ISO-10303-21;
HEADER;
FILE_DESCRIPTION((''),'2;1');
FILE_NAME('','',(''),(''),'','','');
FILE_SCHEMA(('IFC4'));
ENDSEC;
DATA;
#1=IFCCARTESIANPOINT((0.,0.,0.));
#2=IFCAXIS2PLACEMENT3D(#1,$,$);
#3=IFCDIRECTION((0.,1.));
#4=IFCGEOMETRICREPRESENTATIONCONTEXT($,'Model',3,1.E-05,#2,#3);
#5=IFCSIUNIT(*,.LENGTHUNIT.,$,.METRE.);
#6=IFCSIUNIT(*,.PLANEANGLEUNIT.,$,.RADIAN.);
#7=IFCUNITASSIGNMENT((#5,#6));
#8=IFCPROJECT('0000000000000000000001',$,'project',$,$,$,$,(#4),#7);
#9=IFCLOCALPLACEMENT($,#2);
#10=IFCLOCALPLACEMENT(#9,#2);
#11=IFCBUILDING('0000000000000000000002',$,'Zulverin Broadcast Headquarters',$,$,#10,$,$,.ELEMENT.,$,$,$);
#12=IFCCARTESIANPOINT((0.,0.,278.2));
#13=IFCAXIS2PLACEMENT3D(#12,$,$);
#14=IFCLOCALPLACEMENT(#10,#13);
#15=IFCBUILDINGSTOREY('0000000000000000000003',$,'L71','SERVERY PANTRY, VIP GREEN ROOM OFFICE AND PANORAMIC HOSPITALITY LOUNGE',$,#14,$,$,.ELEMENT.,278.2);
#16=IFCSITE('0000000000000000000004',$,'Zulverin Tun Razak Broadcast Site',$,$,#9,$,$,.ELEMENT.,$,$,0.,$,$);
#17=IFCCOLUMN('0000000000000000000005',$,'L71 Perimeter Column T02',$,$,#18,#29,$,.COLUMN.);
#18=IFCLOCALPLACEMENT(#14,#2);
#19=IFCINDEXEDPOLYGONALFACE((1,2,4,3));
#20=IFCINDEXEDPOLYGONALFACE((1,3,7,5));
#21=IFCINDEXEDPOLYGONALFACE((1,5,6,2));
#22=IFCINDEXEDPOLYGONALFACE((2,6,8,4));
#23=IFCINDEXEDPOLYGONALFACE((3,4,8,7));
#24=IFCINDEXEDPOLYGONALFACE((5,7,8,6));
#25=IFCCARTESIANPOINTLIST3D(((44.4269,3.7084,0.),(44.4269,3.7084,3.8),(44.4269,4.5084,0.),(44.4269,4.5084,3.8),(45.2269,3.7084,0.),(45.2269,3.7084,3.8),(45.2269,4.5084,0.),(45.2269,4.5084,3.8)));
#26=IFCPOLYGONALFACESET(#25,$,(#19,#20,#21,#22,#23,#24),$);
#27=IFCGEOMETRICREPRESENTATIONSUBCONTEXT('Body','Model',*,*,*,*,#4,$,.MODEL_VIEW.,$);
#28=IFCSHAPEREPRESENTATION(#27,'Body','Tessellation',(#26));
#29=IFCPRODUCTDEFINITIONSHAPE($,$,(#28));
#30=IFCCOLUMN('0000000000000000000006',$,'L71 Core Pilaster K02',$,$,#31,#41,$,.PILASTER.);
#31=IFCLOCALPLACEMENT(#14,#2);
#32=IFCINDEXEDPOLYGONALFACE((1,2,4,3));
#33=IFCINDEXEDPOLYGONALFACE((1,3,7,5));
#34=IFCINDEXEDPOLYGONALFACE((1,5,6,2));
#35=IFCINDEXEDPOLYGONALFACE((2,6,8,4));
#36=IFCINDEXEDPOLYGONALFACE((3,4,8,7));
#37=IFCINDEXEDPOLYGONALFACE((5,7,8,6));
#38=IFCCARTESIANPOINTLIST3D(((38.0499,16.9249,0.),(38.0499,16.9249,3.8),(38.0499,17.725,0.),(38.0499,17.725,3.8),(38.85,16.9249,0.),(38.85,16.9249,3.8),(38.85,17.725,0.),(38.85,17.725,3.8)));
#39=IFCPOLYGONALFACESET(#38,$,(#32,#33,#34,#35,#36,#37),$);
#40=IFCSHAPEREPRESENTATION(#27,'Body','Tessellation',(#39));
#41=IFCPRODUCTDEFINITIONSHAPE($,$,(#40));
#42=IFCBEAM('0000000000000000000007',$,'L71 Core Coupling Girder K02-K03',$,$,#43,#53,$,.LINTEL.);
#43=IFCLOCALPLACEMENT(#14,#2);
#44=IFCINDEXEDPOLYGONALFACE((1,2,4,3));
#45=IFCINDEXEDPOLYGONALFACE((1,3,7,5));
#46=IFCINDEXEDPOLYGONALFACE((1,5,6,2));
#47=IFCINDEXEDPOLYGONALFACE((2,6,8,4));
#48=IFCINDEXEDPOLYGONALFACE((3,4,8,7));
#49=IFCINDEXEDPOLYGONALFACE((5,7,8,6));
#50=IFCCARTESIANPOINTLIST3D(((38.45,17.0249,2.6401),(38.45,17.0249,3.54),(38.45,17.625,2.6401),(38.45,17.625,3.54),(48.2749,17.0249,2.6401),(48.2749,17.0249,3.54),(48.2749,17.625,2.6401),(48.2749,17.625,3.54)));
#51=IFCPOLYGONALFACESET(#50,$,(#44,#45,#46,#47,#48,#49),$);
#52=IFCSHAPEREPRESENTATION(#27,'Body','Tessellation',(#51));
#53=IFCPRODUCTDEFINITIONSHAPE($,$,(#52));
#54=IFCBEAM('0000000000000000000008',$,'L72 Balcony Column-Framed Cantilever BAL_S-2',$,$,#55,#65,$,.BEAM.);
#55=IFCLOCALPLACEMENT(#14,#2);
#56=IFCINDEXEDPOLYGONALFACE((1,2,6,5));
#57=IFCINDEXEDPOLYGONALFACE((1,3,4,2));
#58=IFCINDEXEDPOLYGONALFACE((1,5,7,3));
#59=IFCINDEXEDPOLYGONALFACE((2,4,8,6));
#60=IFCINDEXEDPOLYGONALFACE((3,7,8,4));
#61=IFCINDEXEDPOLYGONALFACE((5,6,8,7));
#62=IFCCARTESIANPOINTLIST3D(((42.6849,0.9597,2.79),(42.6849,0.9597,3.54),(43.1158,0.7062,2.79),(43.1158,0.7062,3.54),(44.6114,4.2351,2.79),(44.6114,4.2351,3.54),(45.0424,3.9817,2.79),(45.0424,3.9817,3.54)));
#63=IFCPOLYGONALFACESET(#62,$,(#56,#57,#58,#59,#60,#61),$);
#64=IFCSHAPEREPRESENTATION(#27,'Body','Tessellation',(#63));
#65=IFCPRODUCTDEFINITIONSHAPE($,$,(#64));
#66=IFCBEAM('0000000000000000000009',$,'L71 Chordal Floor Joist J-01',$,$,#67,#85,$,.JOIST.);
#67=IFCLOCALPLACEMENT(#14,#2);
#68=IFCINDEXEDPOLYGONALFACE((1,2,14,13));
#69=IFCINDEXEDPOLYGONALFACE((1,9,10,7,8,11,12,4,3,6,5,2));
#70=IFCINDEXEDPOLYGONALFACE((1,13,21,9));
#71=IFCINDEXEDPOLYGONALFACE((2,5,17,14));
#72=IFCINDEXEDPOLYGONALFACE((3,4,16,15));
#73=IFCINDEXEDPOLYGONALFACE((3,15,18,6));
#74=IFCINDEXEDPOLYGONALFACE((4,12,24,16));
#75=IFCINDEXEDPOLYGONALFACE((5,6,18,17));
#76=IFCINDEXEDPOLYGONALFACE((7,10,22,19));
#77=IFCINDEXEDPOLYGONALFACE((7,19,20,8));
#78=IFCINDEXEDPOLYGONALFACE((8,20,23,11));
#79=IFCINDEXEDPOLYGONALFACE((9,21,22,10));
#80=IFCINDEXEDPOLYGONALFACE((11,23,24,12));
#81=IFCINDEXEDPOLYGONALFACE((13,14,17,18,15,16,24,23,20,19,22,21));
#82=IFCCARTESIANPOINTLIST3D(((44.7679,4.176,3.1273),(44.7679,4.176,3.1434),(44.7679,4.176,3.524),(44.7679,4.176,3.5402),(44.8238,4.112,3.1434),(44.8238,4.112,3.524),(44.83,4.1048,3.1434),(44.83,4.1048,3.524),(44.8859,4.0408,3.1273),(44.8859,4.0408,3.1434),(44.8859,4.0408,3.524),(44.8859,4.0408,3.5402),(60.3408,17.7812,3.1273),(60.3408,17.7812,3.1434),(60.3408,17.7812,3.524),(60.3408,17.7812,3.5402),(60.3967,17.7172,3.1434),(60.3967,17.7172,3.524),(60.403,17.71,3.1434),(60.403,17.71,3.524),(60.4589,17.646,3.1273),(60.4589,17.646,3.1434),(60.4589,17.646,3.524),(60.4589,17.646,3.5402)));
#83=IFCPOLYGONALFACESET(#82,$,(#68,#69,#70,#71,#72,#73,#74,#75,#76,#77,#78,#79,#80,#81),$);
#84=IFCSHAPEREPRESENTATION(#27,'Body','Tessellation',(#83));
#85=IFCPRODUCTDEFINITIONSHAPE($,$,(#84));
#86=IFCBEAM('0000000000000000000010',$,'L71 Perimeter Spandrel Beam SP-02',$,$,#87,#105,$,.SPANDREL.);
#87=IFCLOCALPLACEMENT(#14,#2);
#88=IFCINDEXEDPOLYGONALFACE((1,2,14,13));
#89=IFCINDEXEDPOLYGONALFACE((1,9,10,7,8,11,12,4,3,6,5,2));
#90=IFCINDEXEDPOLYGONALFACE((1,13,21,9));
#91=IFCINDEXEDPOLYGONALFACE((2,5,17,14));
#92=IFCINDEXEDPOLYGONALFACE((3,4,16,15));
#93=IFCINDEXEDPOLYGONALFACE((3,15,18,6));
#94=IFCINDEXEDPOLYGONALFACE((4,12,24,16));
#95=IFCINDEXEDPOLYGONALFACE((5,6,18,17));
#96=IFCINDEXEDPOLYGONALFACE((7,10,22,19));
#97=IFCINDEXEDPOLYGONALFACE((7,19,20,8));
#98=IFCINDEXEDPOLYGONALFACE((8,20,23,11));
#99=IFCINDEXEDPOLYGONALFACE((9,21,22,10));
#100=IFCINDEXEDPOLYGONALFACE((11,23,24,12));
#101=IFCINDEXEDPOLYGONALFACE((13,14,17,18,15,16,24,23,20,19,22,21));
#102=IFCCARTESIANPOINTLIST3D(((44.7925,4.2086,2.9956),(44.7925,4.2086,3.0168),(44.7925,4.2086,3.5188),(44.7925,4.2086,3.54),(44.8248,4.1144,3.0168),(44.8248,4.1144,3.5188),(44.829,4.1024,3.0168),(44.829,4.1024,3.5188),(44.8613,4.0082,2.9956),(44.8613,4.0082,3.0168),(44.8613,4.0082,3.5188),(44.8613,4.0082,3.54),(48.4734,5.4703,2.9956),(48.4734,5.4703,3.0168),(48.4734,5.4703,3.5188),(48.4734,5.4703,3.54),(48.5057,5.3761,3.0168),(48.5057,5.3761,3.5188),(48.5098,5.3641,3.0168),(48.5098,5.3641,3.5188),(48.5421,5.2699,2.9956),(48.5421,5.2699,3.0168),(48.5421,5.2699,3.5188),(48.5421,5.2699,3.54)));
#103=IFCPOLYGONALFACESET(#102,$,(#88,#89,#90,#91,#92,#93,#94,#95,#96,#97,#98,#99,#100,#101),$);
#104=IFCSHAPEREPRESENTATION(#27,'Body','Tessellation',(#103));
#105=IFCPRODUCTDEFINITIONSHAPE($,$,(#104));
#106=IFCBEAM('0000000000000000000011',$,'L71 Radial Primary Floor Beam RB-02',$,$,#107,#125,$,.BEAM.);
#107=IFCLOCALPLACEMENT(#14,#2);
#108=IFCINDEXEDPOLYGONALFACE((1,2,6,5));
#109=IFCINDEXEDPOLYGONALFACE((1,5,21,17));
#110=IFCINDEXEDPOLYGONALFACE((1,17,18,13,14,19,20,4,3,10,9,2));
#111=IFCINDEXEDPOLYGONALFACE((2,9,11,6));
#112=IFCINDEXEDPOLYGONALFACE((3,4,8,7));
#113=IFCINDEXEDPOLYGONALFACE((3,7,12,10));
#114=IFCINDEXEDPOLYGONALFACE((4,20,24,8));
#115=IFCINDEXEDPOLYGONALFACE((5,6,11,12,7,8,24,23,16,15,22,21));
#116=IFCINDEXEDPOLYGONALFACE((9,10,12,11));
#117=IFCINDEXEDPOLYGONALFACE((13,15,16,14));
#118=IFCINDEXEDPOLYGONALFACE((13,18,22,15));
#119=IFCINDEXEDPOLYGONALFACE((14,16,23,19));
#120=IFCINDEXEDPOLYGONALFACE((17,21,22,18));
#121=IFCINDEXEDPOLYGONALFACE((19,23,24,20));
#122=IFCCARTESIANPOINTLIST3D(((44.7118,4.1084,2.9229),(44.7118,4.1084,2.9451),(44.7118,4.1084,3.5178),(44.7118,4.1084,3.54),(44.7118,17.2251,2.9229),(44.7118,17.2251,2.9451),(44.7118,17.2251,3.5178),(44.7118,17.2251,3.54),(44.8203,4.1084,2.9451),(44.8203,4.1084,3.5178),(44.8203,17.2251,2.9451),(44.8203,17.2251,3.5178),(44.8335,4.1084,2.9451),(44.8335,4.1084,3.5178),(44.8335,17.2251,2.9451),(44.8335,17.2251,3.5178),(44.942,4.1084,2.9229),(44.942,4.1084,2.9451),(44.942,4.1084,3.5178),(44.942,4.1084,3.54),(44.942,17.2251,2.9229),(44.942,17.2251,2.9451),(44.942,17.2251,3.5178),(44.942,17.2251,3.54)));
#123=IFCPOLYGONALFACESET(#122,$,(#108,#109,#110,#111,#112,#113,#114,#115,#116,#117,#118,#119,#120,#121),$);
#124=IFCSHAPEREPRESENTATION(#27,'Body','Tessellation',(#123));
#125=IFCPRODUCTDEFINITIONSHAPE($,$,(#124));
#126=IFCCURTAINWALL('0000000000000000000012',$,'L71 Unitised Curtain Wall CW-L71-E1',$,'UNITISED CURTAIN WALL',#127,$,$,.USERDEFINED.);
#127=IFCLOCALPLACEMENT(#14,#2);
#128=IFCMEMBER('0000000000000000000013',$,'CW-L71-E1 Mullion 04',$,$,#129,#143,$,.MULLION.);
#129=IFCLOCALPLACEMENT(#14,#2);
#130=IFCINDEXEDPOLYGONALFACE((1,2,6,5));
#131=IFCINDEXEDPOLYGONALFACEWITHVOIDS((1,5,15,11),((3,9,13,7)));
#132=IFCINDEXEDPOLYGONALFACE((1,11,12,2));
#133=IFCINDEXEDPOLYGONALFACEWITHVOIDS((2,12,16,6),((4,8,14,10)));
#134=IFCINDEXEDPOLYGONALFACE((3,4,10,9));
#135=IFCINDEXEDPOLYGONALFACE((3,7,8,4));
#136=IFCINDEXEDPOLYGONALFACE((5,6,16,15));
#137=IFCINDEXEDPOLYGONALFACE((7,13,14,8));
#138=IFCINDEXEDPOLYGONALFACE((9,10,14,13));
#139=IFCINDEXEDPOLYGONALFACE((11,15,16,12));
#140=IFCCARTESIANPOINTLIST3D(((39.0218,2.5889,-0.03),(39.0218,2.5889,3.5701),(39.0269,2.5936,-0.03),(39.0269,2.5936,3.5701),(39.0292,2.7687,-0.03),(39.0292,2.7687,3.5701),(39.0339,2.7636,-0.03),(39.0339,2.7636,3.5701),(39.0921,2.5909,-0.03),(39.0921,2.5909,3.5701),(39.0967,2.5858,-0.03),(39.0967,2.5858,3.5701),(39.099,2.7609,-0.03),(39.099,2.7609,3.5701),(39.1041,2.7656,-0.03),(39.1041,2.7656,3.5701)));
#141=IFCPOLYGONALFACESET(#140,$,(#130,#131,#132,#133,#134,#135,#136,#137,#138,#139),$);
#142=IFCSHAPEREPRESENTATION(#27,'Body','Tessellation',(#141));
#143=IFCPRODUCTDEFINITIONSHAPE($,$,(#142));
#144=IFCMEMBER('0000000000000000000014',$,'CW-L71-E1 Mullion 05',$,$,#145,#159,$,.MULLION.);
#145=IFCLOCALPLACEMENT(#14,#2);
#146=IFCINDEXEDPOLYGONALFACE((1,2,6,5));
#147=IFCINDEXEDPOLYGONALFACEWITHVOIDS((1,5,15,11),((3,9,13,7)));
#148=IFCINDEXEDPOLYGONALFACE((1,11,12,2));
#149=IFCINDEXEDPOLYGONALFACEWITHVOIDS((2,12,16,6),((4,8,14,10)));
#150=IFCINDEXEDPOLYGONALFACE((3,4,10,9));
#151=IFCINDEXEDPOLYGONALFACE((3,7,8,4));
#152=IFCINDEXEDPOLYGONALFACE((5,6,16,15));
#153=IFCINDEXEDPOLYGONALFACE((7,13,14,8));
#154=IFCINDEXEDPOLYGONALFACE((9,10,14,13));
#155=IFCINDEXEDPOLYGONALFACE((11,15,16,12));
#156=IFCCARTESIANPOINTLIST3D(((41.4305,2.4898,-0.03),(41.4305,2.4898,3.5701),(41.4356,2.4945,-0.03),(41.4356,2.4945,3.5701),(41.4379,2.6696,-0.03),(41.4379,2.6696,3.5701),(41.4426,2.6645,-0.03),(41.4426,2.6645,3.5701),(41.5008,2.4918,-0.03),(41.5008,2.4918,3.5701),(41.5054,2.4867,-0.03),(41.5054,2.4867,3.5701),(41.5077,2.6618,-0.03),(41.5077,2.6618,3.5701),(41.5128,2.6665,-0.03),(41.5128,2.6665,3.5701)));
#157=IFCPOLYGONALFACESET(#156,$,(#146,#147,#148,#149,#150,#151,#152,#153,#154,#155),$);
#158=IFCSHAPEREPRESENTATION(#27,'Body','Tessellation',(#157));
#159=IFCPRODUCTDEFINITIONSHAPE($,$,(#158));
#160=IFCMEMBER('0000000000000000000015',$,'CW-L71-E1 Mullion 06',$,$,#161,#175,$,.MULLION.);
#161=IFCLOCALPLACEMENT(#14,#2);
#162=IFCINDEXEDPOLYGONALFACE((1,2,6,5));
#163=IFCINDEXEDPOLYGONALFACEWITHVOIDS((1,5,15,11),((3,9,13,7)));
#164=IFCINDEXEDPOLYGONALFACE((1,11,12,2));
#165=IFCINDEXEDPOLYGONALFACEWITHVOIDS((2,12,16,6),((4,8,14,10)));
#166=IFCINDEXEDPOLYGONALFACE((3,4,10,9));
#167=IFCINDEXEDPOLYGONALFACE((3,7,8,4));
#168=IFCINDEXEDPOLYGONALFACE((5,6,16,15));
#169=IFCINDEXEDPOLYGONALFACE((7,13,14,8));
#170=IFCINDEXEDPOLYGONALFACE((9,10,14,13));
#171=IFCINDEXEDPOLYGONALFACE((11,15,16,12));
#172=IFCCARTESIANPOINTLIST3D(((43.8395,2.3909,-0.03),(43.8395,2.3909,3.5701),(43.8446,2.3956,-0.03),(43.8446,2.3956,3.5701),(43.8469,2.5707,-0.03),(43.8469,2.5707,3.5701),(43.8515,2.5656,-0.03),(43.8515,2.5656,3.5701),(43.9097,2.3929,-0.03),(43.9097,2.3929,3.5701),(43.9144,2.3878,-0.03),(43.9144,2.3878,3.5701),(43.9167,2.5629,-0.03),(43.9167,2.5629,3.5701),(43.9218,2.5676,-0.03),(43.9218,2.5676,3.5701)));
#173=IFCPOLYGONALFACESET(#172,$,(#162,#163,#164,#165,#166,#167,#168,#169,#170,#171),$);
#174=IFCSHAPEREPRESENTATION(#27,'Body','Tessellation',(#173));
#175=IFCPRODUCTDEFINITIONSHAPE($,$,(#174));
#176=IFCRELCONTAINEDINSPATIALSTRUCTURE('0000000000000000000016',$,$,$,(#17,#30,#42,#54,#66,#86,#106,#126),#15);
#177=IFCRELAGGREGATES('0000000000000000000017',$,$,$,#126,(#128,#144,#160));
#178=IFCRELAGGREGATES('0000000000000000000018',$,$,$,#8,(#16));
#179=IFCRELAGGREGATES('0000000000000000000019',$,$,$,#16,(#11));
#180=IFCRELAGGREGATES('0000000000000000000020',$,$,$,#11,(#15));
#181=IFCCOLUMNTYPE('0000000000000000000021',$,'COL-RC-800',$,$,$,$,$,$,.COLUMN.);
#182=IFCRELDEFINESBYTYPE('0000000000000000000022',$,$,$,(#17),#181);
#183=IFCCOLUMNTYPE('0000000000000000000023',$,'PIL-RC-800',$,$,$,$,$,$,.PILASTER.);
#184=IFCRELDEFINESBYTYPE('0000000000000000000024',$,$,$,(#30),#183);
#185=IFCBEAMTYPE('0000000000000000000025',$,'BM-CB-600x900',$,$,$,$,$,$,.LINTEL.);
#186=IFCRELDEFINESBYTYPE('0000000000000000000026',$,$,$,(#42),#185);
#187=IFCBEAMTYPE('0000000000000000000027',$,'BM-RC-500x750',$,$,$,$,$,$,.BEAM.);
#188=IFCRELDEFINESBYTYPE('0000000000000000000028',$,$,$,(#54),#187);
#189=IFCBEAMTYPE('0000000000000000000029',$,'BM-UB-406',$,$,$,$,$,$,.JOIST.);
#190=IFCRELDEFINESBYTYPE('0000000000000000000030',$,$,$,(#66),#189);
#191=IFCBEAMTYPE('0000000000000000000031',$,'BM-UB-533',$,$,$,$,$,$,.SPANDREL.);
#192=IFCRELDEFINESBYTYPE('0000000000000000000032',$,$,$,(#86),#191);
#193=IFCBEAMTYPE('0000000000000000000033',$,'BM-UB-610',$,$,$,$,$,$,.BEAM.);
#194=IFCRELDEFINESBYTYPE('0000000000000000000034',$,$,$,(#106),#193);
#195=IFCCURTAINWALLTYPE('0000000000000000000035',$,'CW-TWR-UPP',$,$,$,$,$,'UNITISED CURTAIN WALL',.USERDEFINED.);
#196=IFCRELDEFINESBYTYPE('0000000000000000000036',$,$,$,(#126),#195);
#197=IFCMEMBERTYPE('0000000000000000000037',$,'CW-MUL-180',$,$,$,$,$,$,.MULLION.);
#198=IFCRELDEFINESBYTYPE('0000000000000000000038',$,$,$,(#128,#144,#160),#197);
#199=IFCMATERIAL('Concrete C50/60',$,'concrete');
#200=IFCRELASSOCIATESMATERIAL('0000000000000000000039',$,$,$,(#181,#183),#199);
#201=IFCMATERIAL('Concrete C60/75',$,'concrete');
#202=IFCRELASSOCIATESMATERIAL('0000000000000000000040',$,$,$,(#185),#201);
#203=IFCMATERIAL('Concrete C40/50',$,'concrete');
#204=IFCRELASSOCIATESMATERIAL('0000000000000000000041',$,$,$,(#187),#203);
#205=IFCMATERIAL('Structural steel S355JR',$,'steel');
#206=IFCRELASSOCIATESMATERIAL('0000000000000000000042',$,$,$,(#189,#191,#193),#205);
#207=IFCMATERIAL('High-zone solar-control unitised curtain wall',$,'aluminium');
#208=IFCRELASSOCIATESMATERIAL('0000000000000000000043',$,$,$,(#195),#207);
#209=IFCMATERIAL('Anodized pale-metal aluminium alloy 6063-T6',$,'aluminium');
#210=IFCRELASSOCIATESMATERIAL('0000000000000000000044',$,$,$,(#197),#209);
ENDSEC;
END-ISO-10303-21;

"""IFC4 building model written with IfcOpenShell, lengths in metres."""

from ifc_helpers import new_model, si_unit, direction, frame, origin, origin_2d, place, context, subcontext, project, spatial, rectangle, hollow_rectangle, i_section, extrude, material, material_profile, profile_set, type_object, element, aggregate, save


model = new_model("IFC4")

# Units and contexts
model_context = context("Model", 3, precision=1e-05, world=origin(), true_north=direction((0.0, 1.0)))
body_context = subcontext(model_context, "Body", "Model", "MODEL_VIEW")
ifc_project = project(units=[si_unit("LENGTHUNIT", "METRE"), si_unit("PLANEANGLEUNIT", "RADIAN")], contexts=[model_context])

# Site, building, storey
site_placement = place(None, origin())
site = spatial("IfcSite", under=ifc_project, at=site_placement, Name="Zulverin Tun Razak Broadcast Site", CompositionType="ELEMENT", RefElevation=0.0)
building_placement = place(site_placement, origin())
building = spatial("IfcBuilding", under=site, at=building_placement, Name="Zulverin Broadcast Headquarters", CompositionType="ELEMENT")
storey_placement = place(building_placement, frame((0.0, 0.0, 278.2)))
storey = spatial("IfcBuildingStorey", under=building, at=storey_placement, Name="L71", Description="SERVERY PANTRY, VIP GREEN ROOM OFFICE AND PANORAMIC HOSPITALITY LOUNGE", CompositionType="ELEMENT", Elevation=278.2)

# Columns
ifc_material_1 = material(Name="Concrete C50/60", Category="concrete")
ifc_material_profile_1 = material_profile(ifc_material_1, rectangle(XDim=0.8, YDim=0.8, at=origin_2d()), Name="Concrete C50/60", Category="concrete")
ifc_profile_set_1 = profile_set([ifc_material_profile_1], Name="Concrete C50/60")
column_type_1 = type_object("IfcColumnType", Name="COL-RC-800", PredefinedType="COLUMN", material=ifc_profile_set_1)
column_1_placement = place(storey_placement, frame((44.8269, 4.1084, 0.0), z_axis=(0.0, 0.0, 1.0), x_axis=(1.0, 0.0, 0.0)))
element("IfcColumn", 1, at=column_1_placement, inside=storey, type_object=column_type_1, Name="L71 Perimeter Column T02", PredefinedType="COLUMN", context=body_context, shape_type="SweptSolid", body=[
    extrude(rectangle(XDim=0.8, YDim=0.8, at=origin_2d()), origin(), (0.0, 0.0, 1.0), 3.8),
])
ifc_material_profile_2 = material_profile(ifc_material_1, rectangle(XDim=0.8, YDim=0.8, at=origin_2d()), Name="Concrete C50/60", Category="concrete")
ifc_profile_set_2 = profile_set([ifc_material_profile_2], Name="Concrete C50/60")
column_type_2 = type_object("IfcColumnType", Name="PIL-RC-800", PredefinedType="PILASTER", material=ifc_profile_set_2)
column_2_placement = place(storey_placement, frame((38.45, 17.325, 0.0), z_axis=(0.0, 0.0, 1.0), x_axis=(1.0, 0.0, 0.0)))
element("IfcColumn", 2, at=column_2_placement, inside=storey, type_object=column_type_2, Name="L71 Core Pilaster K02", PredefinedType="PILASTER", context=body_context, shape_type="SweptSolid", body=[
    extrude(rectangle(XDim=0.8, YDim=0.8, at=origin_2d()), origin(), (0.0, 0.0, 1.0), 3.8),
])

# Beams
ifc_material_2 = material(Name="Concrete C60/75", Category="concrete")
ifc_material_profile_3 = material_profile(ifc_material_2, rectangle(XDim=0.6001, YDim=0.8999, at=origin_2d()), Name="Concrete C60/75", Category="concrete")
ifc_profile_set_3 = profile_set([ifc_material_profile_3], Name="Concrete C60/75")
beam_type_1 = type_object("IfcBeamType", Name="BM-CB-600x900", PredefinedType="LINTEL", material=ifc_profile_set_3)
beam_1_placement = place(storey_placement, frame((38.45, 17.325, 3.0901), z_axis=(1.0, 0.0, 0.0), x_axis=(0.0, 1.0, 0.0)))
element("IfcBeam", 3, at=beam_1_placement, inside=storey, type_object=beam_type_1, Name="L71 Core Coupling Girder K02-K03", PredefinedType="LINTEL", context=body_context, shape_type="SweptSolid", body=[
    extrude(rectangle(XDim=0.6001, YDim=0.8999, at=origin_2d()), origin(), (0.0, 0.0, 1.0), 9.825),
])
ifc_material_3 = material(Name="Concrete C40/50", Category="concrete")
ifc_material_profile_4 = material_profile(ifc_material_3, rectangle(XDim=0.5, YDim=0.75, at=origin_2d()), Name="Concrete C40/50", Category="concrete")
ifc_profile_set_4 = profile_set([ifc_material_profile_4], Name="Concrete C40/50")
beam_type_2 = type_object("IfcBeamType", Name="BM-RC-500x750", PredefinedType="BEAM", material=ifc_profile_set_4)
beam_2_placement = place(storey_placement, frame((44.8269, 4.1084, 3.165), z_axis=(-0.506984, -0.861956, 0.0), x_axis=(0.861956, -0.506984, 0.0)))
element("IfcBeam", 4, at=beam_2_placement, inside=storey, type_object=beam_type_2, Name="L72 Balcony Column-Framed Cantilever BAL_S-2", PredefinedType="BEAM", context=body_context, shape_type="SweptSolid", body=[
    extrude(rectangle(XDim=0.5, YDim=0.75, at=origin_2d()), origin(), (0.0, 0.0, 1.0), 3.8),
])
ifc_material_4 = material(Name="Structural steel S355JR", Category="steel")
ifc_material_profile_5 = material_profile(ifc_material_4, i_section(OverallWidth=0.1794, OverallDepth=0.4128, WebThickness=0.0095, FlangeThickness=0.0161, at=origin_2d()), Name="Structural steel S355JR", Category="steel")
ifc_profile_set_5 = profile_set([ifc_material_profile_5], Name="Structural steel S355JR")
beam_type_3 = type_object("IfcBeamType", Name="BM-UB-406", PredefinedType="JOIST", material=ifc_profile_set_5)
beam_3_placement = place(storey_placement, frame((44.8269, 4.1084, 3.3337), z_axis=(0.753083, 0.657925, 0.0), x_axis=(-0.657925, 0.753083, 0.0)))
element("IfcBeam", 5, at=beam_3_placement, inside=storey, type_object=beam_type_3, Name="L71 Chordal Floor Joist J-01", PredefinedType="JOIST", context=body_context, shape_type="SweptSolid", body=[
    extrude(i_section(OverallWidth=0.1794, OverallDepth=0.4128, WebThickness=0.0095, FlangeThickness=0.0161, at=origin_2d()), origin(), (0.0, 0.0, 1.0), 20.679),
])
ifc_material_profile_6 = material_profile(ifc_material_4, i_section(OverallWidth=0.2119, OverallDepth=0.5444, WebThickness=0.0127, FlangeThickness=0.0212, at=origin_2d()), Name="Structural steel S355JR", Category="steel")
ifc_profile_set_6 = profile_set([ifc_material_profile_6], Name="Structural steel S355JR")
beam_type_4 = type_object("IfcBeamType", Name="BM-UB-533", PredefinedType="SPANDREL", material=ifc_profile_set_6)
beam_4_placement = place(storey_placement, frame((44.8269, 4.1084, 3.2678), z_axis=(0.94597, 0.324254, 0.0), x_axis=(-0.324254, 0.94597, 0.0)))
element("IfcBeam", 6, at=beam_4_placement, inside=storey, type_object=beam_type_4, Name="L71 Perimeter Spandrel Beam SP-02", PredefinedType="SPANDREL", context=body_context, shape_type="SweptSolid", body=[
    extrude(i_section(OverallWidth=0.2119, OverallDepth=0.5444, WebThickness=0.0127, FlangeThickness=0.0212, at=origin_2d()), origin(), (0.0, 0.0, 1.0), 3.8911),
])
ifc_material_profile_7 = material_profile(ifc_material_4, i_section(OverallWidth=0.2302, OverallDepth=0.6172, WebThickness=0.0132, FlangeThickness=0.0222, at=origin_2d()), Name="Structural steel S355JR", Category="steel")
ifc_profile_set_7 = profile_set([ifc_material_profile_7], Name="Structural steel S355JR")
beam_type_5 = type_object("IfcBeamType", Name="BM-UB-610", PredefinedType="BEAM", material=ifc_profile_set_7)
beam_5_placement = place(storey_placement, frame((44.8269, 17.2251, 3.2314), z_axis=(0.0, -1.0, 0.0), x_axis=(1.0, 0.0, 0.0)))
element("IfcBeam", 7, at=beam_5_placement, inside=storey, type_object=beam_type_5, Name="L71 Radial Primary Floor Beam RB-02", PredefinedType="BEAM", context=body_context, shape_type="SweptSolid", body=[
    extrude(i_section(OverallWidth=0.2302, OverallDepth=0.6172, WebThickness=0.0132, FlangeThickness=0.0222, at=origin_2d()), origin(), (0.0, 0.0, 1.0), 13.1167),
])

# Curtain wall, members
ifc_material_5 = material(Name="High-zone solar-control unitised curtain wall", Category="aluminium")
curtain_wall_type = type_object("IfcCurtainWallType", Name="CW-TWR-UPP", ElementType="UNITISED CURTAIN WALL", PredefinedType="USERDEFINED", material=ifc_material_5)
curtain_wall_placement = place(storey_placement, origin())
curtain_wall = element("IfcCurtainWall", 8, at=curtain_wall_placement, inside=storey, type_object=curtain_wall_type, Name="L71 Unitised Curtain Wall CW-L71-E1", ObjectType="UNITISED CURTAIN WALL", PredefinedType="USERDEFINED")
ifc_material_6 = material(Name="Anodized pale-metal aluminium alloy 6063-T6", Category="aluminium")
ifc_material_profile_8 = material_profile(ifc_material_6, hollow_rectangle(XDim=0.075, YDim=0.1799, WallThickness=0.0049, at=origin_2d()), Name="Anodized pale-metal aluminium alloy 6063-T6", Category="aluminium")
ifc_profile_set_8 = profile_set([ifc_material_profile_8], Name="Anodized pale-metal aluminium alloy 6063-T6")
member_type = type_object("IfcMemberType", Name="CW-MUL-180", PredefinedType="MULLION", material=ifc_profile_set_8)
member_1_placement = place(storey_placement, frame((39.063, 2.6772, -0.03), z_axis=(0.0, 0.0, 1.0), x_axis=(0.999156, -0.04107, 0.0)))
member_1 = element("IfcMember", 9, at=member_1_placement, type_object=member_type, Name="CW-L71-E1 Mullion 04", PredefinedType="MULLION", context=body_context, shape_type="SweptSolid", body=[
    extrude(hollow_rectangle(XDim=0.075, YDim=0.1799, WallThickness=0.0049, at=origin_2d()), origin(), (0.0, 0.0, 1.0), 3.6001),
])
member_2_placement = place(storey_placement, frame((41.4717, 2.5781, -0.03), z_axis=(0.0, 0.0, 1.0), x_axis=(0.999156, -0.04107, 0.0)))
member_2 = element("IfcMember", 10, at=member_2_placement, type_object=member_type, Name="CW-L71-E1 Mullion 05", PredefinedType="MULLION", context=body_context, shape_type="SweptSolid", body=[
    extrude(hollow_rectangle(XDim=0.075, YDim=0.1799, WallThickness=0.0049, at=origin_2d()), origin(), (0.0, 0.0, 1.0), 3.6001),
])
member_3_placement = place(storey_placement, frame((43.8806, 2.4792, -0.03), z_axis=(0.0, 0.0, 1.0), x_axis=(0.999156, -0.04107, 0.0)))
member_3 = element("IfcMember", 11, at=member_3_placement, type_object=member_type, Name="CW-L71-E1 Mullion 06", PredefinedType="MULLION", context=body_context, shape_type="SweptSolid", body=[
    extrude(hollow_rectangle(XDim=0.075, YDim=0.1799, WallThickness=0.0049, at=origin_2d()), origin(), (0.0, 0.0, 1.0), 3.6001),
])
aggregate(curtain_wall, [member_1, member_2, member_3])

save(model, "model.ifc")
